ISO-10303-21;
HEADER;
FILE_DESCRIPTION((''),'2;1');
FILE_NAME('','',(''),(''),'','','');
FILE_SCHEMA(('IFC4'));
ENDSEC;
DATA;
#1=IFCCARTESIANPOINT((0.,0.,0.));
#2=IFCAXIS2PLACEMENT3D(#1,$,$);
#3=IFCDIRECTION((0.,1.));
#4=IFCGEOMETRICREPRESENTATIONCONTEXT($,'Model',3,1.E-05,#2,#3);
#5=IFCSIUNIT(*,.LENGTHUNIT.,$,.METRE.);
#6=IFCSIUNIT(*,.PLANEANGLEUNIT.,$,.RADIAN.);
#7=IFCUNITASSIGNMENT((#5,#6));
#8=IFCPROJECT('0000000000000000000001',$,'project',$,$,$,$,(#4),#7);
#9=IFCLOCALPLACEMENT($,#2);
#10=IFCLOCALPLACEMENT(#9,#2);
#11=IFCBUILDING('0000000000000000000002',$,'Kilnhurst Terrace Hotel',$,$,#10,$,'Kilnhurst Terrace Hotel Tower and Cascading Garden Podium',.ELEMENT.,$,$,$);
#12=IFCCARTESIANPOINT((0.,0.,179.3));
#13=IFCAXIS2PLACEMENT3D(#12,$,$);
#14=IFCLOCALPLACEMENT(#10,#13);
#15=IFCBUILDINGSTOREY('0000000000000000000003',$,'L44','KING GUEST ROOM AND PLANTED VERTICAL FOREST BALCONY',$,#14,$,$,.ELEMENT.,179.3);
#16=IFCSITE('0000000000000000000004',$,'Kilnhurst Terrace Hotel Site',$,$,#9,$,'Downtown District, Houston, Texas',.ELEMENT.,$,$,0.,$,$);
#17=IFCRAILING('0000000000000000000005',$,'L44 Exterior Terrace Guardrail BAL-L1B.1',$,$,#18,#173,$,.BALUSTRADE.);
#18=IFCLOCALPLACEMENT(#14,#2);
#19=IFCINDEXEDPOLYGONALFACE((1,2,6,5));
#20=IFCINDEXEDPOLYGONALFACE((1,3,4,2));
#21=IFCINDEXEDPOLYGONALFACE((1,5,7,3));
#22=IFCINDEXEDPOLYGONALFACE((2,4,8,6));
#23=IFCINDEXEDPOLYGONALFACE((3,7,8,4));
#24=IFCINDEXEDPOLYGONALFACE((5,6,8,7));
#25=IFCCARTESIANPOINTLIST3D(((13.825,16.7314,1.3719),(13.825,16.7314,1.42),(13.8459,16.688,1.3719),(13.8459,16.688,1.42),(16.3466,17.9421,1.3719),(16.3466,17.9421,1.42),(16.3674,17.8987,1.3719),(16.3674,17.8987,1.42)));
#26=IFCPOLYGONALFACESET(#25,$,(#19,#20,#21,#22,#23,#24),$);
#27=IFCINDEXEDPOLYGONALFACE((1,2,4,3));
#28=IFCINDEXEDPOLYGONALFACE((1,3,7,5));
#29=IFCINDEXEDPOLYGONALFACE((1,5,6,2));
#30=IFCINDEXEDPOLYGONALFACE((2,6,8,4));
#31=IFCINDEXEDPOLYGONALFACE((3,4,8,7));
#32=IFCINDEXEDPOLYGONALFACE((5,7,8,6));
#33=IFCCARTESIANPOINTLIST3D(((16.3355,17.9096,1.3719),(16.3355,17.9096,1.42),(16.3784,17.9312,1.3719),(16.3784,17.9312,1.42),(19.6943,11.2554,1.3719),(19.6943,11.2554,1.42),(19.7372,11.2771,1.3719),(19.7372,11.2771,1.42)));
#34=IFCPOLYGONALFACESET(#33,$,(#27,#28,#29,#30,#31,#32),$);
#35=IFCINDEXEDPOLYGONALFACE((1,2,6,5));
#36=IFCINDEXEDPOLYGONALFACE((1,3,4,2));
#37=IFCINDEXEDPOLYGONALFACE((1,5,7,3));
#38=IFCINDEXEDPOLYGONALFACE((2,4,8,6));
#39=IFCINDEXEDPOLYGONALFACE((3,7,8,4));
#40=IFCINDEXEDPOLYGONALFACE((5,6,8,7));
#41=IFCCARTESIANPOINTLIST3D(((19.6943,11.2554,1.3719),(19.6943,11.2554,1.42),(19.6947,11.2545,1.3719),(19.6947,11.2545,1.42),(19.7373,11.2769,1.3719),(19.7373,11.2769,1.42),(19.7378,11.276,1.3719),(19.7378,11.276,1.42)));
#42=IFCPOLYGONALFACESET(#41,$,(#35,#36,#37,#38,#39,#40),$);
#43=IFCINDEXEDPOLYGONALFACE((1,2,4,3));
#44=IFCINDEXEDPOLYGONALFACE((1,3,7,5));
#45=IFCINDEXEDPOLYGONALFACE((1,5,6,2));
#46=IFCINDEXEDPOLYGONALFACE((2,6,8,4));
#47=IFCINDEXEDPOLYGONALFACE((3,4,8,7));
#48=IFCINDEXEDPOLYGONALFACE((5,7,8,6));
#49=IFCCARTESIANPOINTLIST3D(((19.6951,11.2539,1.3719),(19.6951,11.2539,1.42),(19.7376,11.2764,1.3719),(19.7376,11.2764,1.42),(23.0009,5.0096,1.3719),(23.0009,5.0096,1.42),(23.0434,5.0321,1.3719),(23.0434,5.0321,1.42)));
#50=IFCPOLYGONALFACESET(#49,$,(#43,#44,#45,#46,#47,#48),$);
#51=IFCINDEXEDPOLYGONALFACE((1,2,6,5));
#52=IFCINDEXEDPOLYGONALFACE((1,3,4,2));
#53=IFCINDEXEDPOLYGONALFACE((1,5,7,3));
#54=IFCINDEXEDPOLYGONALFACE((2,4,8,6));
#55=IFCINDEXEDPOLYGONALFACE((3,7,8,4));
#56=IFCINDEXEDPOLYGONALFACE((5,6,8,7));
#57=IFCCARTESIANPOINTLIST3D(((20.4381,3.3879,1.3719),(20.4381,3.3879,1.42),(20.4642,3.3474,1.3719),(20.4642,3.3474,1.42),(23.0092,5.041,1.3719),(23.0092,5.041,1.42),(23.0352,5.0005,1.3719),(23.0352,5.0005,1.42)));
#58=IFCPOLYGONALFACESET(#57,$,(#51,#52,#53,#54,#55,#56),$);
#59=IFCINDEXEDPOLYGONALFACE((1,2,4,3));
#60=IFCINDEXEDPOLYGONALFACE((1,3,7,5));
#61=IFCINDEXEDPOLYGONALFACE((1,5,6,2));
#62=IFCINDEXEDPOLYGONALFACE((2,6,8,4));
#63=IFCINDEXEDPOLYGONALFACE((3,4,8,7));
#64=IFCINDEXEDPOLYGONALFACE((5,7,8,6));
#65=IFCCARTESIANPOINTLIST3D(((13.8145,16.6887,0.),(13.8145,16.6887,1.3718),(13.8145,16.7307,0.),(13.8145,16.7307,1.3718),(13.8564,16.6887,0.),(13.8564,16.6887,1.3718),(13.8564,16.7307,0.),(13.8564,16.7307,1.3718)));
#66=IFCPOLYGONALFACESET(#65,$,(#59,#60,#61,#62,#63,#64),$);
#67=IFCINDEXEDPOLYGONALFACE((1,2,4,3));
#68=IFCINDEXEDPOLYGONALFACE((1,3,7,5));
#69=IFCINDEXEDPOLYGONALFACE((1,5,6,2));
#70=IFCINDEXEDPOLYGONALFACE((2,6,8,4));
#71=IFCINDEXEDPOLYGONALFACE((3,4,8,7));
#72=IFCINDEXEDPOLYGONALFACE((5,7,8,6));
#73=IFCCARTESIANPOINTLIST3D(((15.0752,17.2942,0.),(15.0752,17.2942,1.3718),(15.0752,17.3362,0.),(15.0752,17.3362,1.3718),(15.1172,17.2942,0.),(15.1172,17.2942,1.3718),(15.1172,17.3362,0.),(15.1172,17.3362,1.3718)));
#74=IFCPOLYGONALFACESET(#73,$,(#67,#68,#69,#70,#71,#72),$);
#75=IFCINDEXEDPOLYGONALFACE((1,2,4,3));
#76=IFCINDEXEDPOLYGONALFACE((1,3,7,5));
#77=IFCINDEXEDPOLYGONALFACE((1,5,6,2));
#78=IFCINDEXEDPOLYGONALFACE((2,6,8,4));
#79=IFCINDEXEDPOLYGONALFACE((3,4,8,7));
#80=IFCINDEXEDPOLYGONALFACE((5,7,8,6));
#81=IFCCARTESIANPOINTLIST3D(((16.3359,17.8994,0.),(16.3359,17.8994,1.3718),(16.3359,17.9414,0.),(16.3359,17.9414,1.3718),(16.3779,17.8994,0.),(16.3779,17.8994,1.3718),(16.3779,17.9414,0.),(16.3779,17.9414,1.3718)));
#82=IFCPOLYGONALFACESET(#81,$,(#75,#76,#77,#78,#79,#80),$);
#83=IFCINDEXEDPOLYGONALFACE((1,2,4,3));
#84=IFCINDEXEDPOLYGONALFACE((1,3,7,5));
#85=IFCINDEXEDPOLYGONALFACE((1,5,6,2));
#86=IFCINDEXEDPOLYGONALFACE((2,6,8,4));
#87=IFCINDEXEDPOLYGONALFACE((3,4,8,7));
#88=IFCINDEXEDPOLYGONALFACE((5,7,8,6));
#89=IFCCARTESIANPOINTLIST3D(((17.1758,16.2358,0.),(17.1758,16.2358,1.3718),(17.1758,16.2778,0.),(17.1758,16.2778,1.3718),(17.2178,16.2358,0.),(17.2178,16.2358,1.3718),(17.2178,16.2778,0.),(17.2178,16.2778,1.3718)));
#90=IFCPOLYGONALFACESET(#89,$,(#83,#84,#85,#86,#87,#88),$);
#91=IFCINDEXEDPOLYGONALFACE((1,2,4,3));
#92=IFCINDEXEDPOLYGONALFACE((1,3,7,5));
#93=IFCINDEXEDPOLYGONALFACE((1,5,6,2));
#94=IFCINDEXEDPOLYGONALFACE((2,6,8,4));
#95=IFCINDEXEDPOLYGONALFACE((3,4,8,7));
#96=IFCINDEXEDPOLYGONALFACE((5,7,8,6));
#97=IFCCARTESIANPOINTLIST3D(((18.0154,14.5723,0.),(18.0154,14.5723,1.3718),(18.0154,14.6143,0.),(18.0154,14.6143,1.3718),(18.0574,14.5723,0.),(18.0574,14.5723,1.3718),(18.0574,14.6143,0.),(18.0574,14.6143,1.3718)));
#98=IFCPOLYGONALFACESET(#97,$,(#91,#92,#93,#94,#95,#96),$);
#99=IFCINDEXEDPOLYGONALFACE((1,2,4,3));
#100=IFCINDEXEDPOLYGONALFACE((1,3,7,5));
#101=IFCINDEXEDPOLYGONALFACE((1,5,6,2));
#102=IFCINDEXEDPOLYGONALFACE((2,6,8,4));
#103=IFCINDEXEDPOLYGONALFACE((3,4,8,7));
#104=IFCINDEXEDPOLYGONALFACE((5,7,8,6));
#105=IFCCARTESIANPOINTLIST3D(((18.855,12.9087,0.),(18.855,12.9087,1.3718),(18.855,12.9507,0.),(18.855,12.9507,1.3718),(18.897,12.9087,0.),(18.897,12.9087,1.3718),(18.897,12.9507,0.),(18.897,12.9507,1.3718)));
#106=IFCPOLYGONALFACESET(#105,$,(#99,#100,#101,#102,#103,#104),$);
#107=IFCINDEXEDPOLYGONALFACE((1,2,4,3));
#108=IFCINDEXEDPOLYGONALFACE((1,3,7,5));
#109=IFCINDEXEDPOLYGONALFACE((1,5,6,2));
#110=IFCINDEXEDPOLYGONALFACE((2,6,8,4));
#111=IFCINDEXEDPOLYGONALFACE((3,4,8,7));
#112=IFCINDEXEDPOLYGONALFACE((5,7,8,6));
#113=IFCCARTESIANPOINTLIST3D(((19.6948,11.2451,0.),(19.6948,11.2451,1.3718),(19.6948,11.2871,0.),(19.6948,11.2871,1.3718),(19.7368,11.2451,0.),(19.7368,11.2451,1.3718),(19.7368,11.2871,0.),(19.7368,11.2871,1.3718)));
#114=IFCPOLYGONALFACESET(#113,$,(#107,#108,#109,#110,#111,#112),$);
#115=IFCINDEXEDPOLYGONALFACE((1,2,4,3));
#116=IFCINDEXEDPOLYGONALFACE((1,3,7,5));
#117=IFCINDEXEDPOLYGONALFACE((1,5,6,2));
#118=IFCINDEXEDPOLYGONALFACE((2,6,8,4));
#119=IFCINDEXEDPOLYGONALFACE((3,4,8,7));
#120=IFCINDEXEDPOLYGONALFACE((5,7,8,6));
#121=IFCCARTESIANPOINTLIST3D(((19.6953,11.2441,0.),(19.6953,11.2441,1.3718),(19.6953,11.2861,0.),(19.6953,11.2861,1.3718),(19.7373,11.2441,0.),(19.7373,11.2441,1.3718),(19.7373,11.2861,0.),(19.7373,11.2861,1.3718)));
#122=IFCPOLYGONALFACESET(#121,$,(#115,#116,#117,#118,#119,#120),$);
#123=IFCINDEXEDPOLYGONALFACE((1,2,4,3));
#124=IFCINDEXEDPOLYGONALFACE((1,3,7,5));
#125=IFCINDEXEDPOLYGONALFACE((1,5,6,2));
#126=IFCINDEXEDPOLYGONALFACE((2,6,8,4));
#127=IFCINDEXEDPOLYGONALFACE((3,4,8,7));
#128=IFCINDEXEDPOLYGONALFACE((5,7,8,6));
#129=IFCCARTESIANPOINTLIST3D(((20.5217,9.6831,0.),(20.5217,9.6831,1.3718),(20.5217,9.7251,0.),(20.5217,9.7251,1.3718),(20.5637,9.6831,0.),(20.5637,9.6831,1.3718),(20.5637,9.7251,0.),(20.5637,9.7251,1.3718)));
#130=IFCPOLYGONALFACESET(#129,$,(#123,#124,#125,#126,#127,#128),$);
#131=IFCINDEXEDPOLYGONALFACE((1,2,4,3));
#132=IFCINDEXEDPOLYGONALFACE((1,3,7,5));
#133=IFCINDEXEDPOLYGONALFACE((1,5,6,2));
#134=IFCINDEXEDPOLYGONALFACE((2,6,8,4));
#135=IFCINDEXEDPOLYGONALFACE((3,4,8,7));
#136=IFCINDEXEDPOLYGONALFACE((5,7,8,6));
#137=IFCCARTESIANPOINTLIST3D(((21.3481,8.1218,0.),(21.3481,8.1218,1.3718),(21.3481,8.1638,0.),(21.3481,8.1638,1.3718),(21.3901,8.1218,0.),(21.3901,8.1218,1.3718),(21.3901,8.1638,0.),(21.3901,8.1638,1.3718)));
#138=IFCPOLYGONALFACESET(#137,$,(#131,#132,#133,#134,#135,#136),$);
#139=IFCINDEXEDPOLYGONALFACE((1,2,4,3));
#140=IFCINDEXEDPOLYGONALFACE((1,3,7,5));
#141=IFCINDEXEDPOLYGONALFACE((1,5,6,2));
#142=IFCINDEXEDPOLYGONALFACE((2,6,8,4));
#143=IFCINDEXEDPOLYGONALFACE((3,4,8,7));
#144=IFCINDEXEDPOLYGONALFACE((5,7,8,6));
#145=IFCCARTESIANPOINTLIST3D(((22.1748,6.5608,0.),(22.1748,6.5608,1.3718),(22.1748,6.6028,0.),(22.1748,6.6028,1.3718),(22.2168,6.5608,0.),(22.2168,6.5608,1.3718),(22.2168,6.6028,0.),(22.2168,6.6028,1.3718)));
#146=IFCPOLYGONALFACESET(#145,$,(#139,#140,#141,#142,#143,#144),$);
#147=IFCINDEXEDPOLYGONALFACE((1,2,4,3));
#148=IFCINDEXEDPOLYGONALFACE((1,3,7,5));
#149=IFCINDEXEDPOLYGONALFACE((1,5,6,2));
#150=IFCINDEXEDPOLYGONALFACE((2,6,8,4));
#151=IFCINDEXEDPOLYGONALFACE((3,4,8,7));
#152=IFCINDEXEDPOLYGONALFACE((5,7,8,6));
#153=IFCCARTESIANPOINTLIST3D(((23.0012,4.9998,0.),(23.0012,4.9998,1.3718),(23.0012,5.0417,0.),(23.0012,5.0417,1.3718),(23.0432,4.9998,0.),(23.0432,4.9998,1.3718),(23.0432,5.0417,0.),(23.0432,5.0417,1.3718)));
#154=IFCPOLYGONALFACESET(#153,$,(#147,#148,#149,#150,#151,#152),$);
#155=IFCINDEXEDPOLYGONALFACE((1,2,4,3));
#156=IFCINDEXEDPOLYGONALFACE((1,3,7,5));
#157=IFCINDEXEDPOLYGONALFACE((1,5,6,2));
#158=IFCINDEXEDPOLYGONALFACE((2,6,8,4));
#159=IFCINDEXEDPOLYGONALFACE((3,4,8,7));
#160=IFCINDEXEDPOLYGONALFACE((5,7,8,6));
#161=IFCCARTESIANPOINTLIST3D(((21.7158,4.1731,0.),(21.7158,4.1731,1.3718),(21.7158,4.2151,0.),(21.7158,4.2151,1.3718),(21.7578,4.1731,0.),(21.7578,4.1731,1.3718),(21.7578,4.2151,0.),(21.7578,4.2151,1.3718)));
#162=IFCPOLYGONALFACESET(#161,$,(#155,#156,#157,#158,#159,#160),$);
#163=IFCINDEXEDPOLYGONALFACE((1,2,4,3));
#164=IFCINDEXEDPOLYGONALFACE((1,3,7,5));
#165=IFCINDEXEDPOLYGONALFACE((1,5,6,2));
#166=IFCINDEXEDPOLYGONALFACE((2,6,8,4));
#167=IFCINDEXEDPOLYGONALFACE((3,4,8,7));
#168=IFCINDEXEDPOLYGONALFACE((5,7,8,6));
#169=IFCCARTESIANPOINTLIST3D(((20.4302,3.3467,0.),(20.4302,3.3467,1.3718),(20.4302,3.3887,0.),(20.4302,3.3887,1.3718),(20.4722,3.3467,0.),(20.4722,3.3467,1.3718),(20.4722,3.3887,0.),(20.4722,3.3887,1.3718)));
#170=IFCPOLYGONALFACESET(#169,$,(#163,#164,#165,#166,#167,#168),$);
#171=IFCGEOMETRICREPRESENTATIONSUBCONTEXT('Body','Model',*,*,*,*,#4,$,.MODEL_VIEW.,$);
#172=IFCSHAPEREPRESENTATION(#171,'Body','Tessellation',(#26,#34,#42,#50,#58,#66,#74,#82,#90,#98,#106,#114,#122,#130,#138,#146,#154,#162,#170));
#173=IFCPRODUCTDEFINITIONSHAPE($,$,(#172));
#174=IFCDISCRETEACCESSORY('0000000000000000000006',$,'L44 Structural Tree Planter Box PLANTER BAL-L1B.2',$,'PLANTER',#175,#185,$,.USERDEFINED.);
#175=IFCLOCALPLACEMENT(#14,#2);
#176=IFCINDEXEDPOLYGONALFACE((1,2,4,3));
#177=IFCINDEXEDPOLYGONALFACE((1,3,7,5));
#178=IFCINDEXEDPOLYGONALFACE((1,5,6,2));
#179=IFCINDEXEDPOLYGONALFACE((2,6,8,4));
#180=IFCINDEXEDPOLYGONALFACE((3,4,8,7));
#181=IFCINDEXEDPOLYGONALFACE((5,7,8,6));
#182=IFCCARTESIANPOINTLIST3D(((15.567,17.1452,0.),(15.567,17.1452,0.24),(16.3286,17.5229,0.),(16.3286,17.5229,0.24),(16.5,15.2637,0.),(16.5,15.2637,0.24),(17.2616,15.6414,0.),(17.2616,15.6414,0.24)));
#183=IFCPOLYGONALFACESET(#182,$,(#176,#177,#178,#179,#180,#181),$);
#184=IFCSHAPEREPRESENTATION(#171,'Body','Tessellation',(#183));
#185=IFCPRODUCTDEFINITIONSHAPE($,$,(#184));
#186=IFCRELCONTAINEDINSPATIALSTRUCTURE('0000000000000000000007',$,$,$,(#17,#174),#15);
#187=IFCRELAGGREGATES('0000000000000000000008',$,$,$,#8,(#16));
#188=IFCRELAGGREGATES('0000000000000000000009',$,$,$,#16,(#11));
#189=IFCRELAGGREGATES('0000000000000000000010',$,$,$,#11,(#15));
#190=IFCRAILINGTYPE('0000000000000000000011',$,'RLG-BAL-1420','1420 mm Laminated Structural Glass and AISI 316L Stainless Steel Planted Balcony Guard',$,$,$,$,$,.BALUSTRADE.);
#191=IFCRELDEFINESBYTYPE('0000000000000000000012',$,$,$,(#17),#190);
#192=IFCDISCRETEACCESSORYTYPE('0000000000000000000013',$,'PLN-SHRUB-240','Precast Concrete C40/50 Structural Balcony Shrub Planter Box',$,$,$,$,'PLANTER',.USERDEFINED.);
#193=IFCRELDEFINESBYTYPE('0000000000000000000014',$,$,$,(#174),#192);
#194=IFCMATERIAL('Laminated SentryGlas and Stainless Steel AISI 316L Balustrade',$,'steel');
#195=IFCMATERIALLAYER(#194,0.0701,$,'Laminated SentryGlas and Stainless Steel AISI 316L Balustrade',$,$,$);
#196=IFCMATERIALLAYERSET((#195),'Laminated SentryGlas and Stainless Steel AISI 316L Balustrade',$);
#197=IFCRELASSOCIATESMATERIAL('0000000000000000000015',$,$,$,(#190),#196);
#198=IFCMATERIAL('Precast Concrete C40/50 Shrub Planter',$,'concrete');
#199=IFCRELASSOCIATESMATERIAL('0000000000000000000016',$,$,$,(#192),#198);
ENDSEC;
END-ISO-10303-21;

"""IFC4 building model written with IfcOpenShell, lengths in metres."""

from ifc_helpers import new_model, si_unit, direction, frame, origin, origin_2d, place, context, subcontext, project, spatial, rectangle, extrude, material, layer, layer_set, type_object, element, save


model = new_model("IFC4")

# Units and contexts
model_context = context("Model", 3, precision=1e-05, world=origin(), true_north=direction((0.0, 1.0)))
body_context = subcontext(model_context, "Body", "Model", "MODEL_VIEW")
ifc_project = project(units=[si_unit("LENGTHUNIT", "METRE"), si_unit("PLANEANGLEUNIT", "RADIAN")], contexts=[model_context])

# Site, building, storey
site_placement = place(None, origin())
site = spatial("IfcSite", under=ifc_project, at=site_placement, Name="Kilnhurst Terrace Hotel Site", LongName="Downtown District, Houston, Texas", CompositionType="ELEMENT", RefElevation=0.0)
building_placement = place(site_placement, origin())
building = spatial("IfcBuilding", under=site, at=building_placement, Name="Kilnhurst Terrace Hotel", LongName="Kilnhurst Terrace Hotel Tower and Cascading Garden Podium", CompositionType="ELEMENT")
storey_placement = place(building_placement, frame((0.0, 0.0, 179.3)))
storey = spatial("IfcBuildingStorey", under=building, at=storey_placement, Name="L44", Description="KING GUEST ROOM AND PLANTED VERTICAL FOREST BALCONY", CompositionType="ELEMENT", Elevation=179.3)

# Railing
ifc_material_1 = material(Name="Laminated SentryGlas and Stainless Steel AISI 316L Balustrade", Category="steel")
ifc_layer_1 = layer(ifc_material_1, 0.0701, Name="Laminated SentryGlas and Stainless Steel AISI 316L Balustrade")
ifc_layer_set_1 = layer_set([ifc_layer_1], Name="Laminated SentryGlas and Stainless Steel AISI 316L Balustrade")
railing_type = type_object("IfcRailingType", Name="RLG-BAL-1420", Description="1420 mm Laminated Structural Glass and AISI 316L Stainless Steel Planted Balcony Guard", PredefinedType="BALUSTRADE", material=ifc_layer_set_1)
railing_placement = place(storey_placement, frame((13.8354, 16.7097, 0.0)))
element("IfcRailing", 1, at=railing_placement, inside=storey, type_object=railing_type, Name="L44 Exterior Terrace Guardrail BAL-L1B.1", PredefinedType="BALUSTRADE", context=body_context, shape_type="SweptSolid", body=[
    extrude(rectangle(XDim=0.0481, YDim=0.0481, at=origin_2d()), frame((0.0, 0.0, 1.396), z_axis=(0.90147, 0.432842, 0.0), x_axis=(-0.432842, 0.90147, 0.0)), (0.0, 0.0, 1.0), 2.7971),
    extrude(rectangle(XDim=0.0481, YDim=0.0481, at=origin_2d()), frame((2.5215, 1.2107, 1.396), z_axis=(0.450617, -0.892718, 0.0), x_axis=(0.892718, 0.450617, 0.0)), (0.0, 0.0, 1.0), 7.4539),
    extrude(rectangle(XDim=0.0481, YDim=0.0481, at=origin_2d()), frame((5.8804, -5.4436, 1.396), z_axis=(0.447214, -0.894427, 0.0), x_axis=(0.894427, 0.447214, 0.0)), (0.0, 0.0, 1.0), 0.001),
    extrude(rectangle(XDim=0.0481, YDim=0.0481, at=origin_2d()), frame((5.8809, -5.4446, 1.396), z_axis=(0.467894, -0.883785, 0.0), x_axis=(0.883785, 0.467894, 0.0)), (0.0, 0.0, 1.0), 7.0654),
    extrude(rectangle(XDim=0.0481, YDim=0.0481, at=origin_2d()), frame((9.1868, -11.689, 1.396), z_axis=(-0.84114, -0.540818, 0.0), x_axis=(0.540818, -0.84114, 0.0)), (0.0, 0.0, 1.0), 3.0566),
    extrude(rectangle(XDim=0.042, YDim=0.042, at=origin_2d()), origin(), (0.0, 0.0, 1.0), 1.3718),
    extrude(rectangle(XDim=0.042, YDim=0.042, at=origin_2d()), frame((1.2607, 0.6055, 0.0)), (0.0, 0.0, 1.0), 1.3718),
    extrude(rectangle(XDim=0.042, YDim=0.042, at=origin_2d()), frame((2.5215, 1.2107, 0.0)), (0.0, 0.0, 1.0), 1.3718),
    extrude(rectangle(XDim=0.042, YDim=0.042, at=origin_2d()), frame((3.3613, -0.4529, 0.0)), (0.0, 0.0, 1.0), 1.3718),
    extrude(rectangle(XDim=0.042, YDim=0.042, at=origin_2d()), frame((4.2009, -2.1165, 0.0)), (0.0, 0.0, 1.0), 1.3718),
    extrude(rectangle(XDim=0.042, YDim=0.042, at=origin_2d()), frame((5.0405, -3.78, 0.0)), (0.0, 0.0, 1.0), 1.3718),
    extrude(rectangle(XDim=0.042, YDim=0.042, at=origin_2d()), frame((5.8804, -5.4436, 0.0)), (0.0, 0.0, 1.0), 1.3718),
    extrude(rectangle(XDim=0.042, YDim=0.042, at=origin_2d()), frame((5.8809, -5.4446, 0.0)), (0.0, 0.0, 1.0), 1.3718),
    extrude(rectangle(XDim=0.042, YDim=0.042, at=origin_2d()), frame((6.7073, -7.0056, 0.0)), (0.0, 0.0, 1.0), 1.3718),
    extrude(rectangle(XDim=0.042, YDim=0.042, at=origin_2d()), frame((7.5337, -8.5669, 0.0)), (0.0, 0.0, 1.0), 1.3718),
    extrude(rectangle(XDim=0.042, YDim=0.042, at=origin_2d()), frame((8.3604, -10.1279, 0.0)), (0.0, 0.0, 1.0), 1.3718),
    extrude(rectangle(XDim=0.042, YDim=0.042, at=origin_2d()), frame((9.1868, -11.689, 0.0)), (0.0, 0.0, 1.0), 1.3718),
    extrude(rectangle(XDim=0.042, YDim=0.042, at=origin_2d()), frame((7.9014, -12.5156, 0.0)), (0.0, 0.0, 1.0), 1.3718),
    extrude(rectangle(XDim=0.042, YDim=0.042, at=origin_2d()), frame((6.6157, -13.342, 0.0)), (0.0, 0.0, 1.0), 1.3718),
])

# Discrete accessory
ifc_material_2 = material(Name="Precast Concrete C40/50 Shrub Planter", Category="concrete")
discrete_accessory_type = type_object("IfcDiscreteAccessoryType", Name="PLN-SHRUB-240", Description="Precast Concrete C40/50 Structural Balcony Shrub Planter Box", ElementType="PLANTER", PredefinedType="USERDEFINED", material=ifc_material_2)
discrete_accessory_placement = place(storey_placement, frame((16.4143, 16.3933, 0.0), z_axis=(0.0, 0.0, 1.0), x_axis=(-0.444244, 0.895906, 0.0)))
element("IfcDiscreteAccessory", 2, at=discrete_accessory_placement, inside=storey, type_object=discrete_accessory_type, Name="L44 Structural Tree Planter Box PLANTER BAL-L1B.2", ObjectType="PLANTER", PredefinedType="USERDEFINED", context=body_context, shape_type="SweptSolid", body=[
    extrude(rectangle(XDim=2.1001, YDim=0.8501, at=origin_2d()), origin(), (0.0, 0.0, 1.0), 0.24),
])

save(model, "model.ifc")
